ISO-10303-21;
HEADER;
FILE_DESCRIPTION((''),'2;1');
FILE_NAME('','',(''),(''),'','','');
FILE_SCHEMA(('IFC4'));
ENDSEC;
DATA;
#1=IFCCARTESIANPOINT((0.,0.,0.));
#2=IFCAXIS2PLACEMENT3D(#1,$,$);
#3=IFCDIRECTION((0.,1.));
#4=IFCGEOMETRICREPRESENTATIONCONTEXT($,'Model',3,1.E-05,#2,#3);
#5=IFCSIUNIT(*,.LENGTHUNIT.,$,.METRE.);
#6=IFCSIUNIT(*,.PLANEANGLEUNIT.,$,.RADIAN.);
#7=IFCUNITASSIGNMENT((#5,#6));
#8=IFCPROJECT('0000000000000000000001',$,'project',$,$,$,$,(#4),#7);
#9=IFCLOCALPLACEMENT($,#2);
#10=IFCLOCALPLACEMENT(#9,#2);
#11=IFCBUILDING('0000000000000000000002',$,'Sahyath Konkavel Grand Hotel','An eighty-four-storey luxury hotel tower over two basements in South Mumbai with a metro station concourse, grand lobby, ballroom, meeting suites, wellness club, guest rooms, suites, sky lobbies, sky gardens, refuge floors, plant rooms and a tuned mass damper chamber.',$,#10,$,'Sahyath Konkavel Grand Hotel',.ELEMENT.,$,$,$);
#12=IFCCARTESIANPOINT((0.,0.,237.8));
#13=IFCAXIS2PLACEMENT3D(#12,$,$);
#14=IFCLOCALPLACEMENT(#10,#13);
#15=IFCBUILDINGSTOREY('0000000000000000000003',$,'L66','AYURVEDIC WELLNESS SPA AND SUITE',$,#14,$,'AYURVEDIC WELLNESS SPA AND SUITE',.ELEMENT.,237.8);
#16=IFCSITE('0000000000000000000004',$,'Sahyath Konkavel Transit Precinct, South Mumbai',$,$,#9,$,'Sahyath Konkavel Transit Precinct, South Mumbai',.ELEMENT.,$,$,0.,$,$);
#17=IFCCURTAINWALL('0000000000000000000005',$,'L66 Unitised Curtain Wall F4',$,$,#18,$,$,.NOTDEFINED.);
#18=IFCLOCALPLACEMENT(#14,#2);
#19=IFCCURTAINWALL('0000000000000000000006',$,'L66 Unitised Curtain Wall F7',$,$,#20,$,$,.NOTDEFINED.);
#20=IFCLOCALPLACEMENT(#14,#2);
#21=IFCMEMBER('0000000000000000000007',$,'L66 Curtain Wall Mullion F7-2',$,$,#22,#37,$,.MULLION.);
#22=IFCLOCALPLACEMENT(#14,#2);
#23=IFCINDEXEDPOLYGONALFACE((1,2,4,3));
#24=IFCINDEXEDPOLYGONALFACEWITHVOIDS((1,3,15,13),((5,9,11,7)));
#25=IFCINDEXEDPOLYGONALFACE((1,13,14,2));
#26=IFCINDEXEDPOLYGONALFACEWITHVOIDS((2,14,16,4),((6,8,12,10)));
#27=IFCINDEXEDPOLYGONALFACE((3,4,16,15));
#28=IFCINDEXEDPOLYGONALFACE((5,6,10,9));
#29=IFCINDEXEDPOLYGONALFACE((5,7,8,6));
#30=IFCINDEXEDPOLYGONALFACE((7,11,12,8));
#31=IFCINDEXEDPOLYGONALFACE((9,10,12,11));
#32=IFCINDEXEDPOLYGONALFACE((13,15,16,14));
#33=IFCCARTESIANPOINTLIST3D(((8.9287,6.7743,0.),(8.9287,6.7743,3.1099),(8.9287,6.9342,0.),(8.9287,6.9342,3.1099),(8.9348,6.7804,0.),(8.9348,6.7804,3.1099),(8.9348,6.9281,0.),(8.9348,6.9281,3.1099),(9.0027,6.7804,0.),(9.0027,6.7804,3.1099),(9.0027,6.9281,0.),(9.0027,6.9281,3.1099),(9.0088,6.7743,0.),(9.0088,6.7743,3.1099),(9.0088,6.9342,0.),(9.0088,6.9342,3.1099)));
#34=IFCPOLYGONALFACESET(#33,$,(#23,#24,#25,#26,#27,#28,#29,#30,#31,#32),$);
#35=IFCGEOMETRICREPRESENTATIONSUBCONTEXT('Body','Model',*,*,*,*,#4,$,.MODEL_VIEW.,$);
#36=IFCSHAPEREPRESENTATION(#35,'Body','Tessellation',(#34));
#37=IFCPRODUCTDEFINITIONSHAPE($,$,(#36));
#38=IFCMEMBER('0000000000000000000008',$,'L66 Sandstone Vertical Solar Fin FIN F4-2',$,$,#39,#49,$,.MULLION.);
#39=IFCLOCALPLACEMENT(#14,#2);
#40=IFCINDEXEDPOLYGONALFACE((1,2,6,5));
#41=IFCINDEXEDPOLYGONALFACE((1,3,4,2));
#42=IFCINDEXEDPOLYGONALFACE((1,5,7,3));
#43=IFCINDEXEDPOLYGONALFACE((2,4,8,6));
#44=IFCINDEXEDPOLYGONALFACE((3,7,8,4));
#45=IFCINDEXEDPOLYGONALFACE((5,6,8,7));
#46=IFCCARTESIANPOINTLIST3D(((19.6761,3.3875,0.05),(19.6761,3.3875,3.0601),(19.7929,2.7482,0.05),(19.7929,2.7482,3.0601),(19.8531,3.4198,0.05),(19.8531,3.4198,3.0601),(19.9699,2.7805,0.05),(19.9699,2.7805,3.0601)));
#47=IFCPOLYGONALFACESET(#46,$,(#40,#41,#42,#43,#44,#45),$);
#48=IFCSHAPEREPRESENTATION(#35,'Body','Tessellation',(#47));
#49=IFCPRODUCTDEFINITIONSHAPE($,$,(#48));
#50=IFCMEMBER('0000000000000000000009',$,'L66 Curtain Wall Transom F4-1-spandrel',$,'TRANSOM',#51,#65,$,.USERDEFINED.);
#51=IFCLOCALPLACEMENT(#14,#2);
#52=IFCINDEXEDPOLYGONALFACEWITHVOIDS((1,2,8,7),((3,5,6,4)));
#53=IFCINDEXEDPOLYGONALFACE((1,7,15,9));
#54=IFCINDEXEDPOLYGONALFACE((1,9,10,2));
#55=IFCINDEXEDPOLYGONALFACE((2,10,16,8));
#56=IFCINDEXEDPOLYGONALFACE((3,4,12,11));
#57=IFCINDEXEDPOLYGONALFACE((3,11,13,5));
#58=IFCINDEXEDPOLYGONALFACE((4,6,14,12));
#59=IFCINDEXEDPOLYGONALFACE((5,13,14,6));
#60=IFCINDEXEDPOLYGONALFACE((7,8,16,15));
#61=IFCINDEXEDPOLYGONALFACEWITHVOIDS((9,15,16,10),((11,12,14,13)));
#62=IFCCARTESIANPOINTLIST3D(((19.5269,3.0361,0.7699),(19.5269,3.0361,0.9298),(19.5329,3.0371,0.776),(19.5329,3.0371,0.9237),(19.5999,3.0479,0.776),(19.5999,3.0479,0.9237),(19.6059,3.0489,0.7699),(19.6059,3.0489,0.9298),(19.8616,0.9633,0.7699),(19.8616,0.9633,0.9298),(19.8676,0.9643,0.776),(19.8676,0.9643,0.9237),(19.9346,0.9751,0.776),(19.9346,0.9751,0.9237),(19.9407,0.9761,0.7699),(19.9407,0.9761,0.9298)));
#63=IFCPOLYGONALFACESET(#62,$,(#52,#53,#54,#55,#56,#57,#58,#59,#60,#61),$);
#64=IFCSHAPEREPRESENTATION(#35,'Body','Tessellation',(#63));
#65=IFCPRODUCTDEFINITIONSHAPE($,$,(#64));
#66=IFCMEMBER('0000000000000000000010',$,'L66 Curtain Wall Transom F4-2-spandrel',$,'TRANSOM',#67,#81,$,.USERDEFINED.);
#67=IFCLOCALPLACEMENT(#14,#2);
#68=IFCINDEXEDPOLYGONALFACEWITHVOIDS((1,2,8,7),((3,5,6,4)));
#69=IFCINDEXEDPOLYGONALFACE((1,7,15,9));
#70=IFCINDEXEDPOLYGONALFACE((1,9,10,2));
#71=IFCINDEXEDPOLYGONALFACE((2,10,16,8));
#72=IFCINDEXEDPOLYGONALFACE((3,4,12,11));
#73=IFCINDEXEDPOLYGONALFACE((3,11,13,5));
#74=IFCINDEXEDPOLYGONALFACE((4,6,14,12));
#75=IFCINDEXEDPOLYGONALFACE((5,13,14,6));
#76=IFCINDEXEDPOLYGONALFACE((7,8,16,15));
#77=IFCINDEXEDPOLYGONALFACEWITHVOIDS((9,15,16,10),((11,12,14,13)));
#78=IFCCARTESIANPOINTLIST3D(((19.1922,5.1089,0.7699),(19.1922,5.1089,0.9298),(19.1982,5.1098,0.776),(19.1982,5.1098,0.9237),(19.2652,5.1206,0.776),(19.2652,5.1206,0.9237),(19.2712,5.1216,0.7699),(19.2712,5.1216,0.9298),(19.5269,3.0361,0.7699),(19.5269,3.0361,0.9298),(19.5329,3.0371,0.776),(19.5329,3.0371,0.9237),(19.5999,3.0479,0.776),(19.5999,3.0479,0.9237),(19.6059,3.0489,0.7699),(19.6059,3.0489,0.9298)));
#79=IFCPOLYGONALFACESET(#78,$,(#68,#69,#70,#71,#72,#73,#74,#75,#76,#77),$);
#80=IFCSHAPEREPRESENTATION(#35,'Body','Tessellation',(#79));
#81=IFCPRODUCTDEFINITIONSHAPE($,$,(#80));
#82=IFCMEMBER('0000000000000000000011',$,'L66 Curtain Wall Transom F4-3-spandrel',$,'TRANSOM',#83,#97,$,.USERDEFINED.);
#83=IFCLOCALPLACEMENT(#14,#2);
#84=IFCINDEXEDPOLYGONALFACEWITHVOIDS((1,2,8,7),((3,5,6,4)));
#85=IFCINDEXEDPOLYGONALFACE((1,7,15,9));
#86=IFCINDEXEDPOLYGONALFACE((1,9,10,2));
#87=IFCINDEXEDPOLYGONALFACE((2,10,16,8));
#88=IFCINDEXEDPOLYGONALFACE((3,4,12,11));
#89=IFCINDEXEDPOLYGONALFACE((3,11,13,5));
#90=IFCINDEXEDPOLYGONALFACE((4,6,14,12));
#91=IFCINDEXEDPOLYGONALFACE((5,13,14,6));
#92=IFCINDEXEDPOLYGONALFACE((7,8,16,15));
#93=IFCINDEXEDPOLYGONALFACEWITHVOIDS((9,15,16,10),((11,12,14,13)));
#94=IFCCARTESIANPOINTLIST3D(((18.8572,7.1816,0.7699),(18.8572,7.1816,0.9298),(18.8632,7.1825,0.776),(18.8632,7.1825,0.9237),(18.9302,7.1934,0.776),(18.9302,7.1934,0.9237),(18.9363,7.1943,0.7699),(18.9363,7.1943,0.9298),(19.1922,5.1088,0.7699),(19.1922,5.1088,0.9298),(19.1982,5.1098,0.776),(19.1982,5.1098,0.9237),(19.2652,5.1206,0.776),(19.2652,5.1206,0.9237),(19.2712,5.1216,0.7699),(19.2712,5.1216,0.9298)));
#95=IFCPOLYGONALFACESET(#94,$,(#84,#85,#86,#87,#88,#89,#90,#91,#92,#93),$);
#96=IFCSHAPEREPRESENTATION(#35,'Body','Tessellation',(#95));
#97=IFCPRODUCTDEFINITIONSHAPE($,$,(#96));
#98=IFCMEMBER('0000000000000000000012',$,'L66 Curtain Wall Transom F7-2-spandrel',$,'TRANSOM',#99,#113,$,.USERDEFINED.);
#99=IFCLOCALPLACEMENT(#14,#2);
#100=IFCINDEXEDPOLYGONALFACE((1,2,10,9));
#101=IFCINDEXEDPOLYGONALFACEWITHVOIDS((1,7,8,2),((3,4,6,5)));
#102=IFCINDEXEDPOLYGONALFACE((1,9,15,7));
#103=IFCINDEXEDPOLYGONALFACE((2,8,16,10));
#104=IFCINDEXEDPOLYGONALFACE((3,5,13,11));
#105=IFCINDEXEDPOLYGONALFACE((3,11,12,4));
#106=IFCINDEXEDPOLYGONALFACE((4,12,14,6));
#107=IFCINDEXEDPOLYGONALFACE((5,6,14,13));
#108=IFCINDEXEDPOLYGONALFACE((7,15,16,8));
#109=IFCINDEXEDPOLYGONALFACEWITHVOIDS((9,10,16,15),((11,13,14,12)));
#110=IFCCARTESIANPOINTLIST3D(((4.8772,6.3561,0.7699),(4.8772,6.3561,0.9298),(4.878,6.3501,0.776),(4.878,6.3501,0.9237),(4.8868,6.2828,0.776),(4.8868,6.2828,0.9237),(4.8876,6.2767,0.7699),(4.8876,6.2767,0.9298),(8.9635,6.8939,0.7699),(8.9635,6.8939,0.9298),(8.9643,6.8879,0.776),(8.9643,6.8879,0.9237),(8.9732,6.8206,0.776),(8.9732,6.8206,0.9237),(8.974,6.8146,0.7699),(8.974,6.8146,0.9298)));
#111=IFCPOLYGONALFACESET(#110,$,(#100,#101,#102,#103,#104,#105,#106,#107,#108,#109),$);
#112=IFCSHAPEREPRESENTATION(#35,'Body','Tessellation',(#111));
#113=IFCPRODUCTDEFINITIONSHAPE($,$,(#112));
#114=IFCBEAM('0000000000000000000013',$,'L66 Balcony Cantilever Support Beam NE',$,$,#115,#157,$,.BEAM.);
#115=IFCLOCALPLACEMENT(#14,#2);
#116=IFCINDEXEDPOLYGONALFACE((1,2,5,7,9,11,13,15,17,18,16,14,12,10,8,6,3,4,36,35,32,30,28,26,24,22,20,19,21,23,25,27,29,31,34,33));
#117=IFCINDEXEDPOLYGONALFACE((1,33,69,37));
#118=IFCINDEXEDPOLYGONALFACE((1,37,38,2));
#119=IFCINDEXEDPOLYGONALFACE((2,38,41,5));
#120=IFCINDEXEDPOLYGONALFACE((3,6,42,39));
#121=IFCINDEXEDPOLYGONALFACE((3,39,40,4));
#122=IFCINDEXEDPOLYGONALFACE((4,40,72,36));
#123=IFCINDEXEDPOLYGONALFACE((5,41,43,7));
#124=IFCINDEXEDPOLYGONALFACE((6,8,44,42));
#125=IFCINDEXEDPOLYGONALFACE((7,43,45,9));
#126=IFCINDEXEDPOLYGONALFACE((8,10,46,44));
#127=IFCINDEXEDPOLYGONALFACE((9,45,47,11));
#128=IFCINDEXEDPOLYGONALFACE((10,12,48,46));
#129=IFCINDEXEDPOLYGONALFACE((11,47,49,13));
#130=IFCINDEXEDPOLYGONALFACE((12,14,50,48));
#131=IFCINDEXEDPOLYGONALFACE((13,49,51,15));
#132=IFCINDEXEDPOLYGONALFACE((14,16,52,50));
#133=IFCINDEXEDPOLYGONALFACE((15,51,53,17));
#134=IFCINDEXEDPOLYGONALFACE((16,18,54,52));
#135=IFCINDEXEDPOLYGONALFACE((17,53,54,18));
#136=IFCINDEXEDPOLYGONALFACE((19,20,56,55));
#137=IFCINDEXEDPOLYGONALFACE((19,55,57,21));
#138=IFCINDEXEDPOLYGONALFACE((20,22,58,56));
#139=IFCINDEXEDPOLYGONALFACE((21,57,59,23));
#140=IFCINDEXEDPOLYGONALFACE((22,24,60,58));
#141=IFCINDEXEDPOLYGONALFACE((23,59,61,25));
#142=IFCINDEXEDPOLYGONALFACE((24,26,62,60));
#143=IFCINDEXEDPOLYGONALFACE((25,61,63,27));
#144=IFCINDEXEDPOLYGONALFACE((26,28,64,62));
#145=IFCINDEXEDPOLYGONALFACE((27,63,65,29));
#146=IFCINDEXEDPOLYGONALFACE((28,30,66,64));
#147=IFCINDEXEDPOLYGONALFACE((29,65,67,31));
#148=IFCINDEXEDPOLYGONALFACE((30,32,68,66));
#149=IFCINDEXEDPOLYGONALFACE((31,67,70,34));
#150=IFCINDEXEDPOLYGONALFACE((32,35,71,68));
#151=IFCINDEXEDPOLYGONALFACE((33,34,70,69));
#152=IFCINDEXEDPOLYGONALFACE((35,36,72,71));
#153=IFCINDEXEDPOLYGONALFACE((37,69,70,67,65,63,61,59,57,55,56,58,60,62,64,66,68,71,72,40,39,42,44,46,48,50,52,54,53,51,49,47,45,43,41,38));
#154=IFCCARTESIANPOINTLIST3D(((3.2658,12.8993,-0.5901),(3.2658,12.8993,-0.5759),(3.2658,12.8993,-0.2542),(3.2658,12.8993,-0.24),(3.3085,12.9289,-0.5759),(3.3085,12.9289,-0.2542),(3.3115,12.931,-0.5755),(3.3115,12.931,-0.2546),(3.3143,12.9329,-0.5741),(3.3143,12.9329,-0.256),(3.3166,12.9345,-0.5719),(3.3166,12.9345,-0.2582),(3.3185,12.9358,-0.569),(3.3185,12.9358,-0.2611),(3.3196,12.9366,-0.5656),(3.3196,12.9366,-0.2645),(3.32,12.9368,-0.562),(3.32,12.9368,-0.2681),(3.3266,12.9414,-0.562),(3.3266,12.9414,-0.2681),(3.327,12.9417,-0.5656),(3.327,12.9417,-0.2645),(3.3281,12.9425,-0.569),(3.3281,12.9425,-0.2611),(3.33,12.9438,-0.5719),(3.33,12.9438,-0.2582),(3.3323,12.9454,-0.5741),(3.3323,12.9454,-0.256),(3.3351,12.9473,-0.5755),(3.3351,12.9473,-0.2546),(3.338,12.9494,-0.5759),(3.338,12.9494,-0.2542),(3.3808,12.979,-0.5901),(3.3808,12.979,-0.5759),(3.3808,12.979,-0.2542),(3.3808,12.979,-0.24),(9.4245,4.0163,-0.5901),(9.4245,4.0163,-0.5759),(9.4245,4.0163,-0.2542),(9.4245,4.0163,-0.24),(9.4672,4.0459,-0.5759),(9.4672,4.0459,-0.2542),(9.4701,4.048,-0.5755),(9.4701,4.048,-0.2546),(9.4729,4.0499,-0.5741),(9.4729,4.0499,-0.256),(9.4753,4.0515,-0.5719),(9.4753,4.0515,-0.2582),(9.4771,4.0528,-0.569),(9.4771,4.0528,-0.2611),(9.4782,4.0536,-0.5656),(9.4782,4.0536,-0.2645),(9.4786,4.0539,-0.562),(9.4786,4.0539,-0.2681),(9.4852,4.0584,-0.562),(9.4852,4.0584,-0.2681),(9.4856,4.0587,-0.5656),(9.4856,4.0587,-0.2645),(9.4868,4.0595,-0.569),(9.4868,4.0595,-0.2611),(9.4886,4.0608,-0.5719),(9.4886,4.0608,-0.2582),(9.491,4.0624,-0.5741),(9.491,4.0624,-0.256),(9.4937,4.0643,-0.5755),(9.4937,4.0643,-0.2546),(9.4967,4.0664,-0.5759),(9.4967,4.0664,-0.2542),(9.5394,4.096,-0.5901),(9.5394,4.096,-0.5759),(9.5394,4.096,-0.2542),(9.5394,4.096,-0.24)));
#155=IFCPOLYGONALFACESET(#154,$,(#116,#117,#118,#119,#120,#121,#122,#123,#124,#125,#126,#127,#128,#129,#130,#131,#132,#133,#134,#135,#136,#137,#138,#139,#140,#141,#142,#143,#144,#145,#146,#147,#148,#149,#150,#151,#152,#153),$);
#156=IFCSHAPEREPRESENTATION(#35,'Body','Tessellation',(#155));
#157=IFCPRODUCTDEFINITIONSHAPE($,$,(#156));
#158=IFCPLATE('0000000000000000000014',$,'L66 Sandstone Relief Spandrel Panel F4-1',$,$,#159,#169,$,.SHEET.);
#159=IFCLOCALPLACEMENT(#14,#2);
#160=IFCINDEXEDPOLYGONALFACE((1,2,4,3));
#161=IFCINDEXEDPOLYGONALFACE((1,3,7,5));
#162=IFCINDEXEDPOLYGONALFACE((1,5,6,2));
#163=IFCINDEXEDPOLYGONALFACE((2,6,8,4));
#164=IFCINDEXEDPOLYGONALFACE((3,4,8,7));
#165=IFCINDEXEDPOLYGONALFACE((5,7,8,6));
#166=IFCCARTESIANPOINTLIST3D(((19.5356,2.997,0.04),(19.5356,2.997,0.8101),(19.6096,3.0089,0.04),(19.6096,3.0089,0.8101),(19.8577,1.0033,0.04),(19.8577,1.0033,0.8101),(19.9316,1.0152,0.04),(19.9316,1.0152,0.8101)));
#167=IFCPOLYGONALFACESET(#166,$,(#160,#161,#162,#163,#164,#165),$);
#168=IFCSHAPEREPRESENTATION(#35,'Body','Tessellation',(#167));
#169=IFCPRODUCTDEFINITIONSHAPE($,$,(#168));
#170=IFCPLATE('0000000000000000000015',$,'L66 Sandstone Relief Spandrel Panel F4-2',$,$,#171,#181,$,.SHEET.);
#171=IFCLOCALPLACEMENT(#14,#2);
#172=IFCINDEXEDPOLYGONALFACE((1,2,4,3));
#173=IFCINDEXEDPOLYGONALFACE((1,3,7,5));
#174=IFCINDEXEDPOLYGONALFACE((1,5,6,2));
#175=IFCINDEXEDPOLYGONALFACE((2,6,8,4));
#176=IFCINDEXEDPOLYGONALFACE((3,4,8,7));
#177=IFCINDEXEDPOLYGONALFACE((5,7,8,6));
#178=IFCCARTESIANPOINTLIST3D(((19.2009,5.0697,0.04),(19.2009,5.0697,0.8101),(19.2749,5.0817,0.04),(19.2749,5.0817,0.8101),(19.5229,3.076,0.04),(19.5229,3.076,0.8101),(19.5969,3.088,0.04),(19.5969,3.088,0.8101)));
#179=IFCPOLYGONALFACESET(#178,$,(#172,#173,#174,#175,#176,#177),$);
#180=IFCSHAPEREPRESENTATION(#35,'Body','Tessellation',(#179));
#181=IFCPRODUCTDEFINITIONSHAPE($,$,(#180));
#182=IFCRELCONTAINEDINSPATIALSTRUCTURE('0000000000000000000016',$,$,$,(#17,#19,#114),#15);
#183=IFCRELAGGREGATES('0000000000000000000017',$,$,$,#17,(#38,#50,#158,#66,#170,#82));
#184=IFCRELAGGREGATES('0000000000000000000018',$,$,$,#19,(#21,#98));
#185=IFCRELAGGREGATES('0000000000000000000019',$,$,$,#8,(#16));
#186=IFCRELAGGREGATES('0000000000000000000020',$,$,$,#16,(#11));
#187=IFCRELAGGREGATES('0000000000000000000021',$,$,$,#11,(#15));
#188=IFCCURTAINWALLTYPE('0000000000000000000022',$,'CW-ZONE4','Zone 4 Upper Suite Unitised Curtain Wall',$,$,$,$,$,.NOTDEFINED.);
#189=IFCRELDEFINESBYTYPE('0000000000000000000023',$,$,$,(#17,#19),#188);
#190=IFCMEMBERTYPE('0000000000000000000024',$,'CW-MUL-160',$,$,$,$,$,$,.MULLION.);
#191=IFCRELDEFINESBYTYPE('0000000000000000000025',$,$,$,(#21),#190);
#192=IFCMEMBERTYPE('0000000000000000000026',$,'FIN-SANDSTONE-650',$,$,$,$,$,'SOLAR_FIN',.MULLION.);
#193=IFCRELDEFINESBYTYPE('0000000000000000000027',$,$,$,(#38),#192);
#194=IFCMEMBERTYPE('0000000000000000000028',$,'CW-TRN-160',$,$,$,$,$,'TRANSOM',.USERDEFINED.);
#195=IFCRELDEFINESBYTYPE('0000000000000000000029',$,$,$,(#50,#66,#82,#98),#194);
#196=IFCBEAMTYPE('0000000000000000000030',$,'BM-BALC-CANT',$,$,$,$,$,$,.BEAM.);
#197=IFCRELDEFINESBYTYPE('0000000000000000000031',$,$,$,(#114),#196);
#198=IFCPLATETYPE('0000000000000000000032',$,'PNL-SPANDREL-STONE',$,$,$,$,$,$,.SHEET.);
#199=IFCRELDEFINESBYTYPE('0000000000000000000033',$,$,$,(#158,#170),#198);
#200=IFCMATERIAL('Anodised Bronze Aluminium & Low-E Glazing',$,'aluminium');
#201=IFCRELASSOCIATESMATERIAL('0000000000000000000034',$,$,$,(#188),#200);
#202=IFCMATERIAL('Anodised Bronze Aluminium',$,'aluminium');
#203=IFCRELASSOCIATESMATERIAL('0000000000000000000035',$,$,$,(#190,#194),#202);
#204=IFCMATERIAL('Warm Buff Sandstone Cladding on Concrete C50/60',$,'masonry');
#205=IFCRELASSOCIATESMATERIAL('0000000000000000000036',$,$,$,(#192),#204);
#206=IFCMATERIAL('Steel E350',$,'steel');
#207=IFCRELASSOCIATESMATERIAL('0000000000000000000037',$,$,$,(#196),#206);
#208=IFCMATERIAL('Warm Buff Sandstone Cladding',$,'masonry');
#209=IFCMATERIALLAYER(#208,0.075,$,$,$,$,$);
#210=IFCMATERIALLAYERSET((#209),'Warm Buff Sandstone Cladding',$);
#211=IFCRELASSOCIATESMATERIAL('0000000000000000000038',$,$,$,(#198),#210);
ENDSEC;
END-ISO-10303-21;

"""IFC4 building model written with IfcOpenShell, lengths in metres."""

from ifc_helpers import new_model, si_unit, direction, frame, origin, origin_2d, place, context, subcontext, project, spatial, rectangle, hollow_rectangle, i_section, extrude, source, transform, mapped, material, layer, layer_set, material_profile, profile_set, type_object, element, aggregate, save


model = new_model("IFC4")

# Units and contexts
model_context = context("Model", 3, precision=1e-05, world=origin(), true_north=direction((0.0, 1.0)))
body_context = subcontext(model_context, "Body", "Model", "MODEL_VIEW")
ifc_project = project(units=[si_unit("LENGTHUNIT", "METRE"), si_unit("PLANEANGLEUNIT", "RADIAN")], contexts=[model_context])

# Site, building, storey
site_placement = place(None, origin())
site = spatial("IfcSite", under=ifc_project, at=site_placement, Name="Sahyath Konkavel Transit Precinct, South Mumbai", LongName="Sahyath Konkavel Transit Precinct, South Mumbai", CompositionType="ELEMENT", RefElevation=0.0)
building_placement = place(site_placement, origin())
building = spatial("IfcBuilding", under=site, at=building_placement, Name="Sahyath Konkavel Grand Hotel", Description="An eighty-four-storey luxury hotel tower over two basements in South Mumbai with a metro station concourse, grand lobby, ballroom, meeting suites, wellness club, guest rooms, suites, sky lobbies, sky gardens, refuge floors, plant rooms and a tuned mass damper chamber.", LongName="Sahyath Konkavel Grand Hotel", CompositionType="ELEMENT")
storey_placement = place(building_placement, frame((0.0, 0.0, 237.8)))
storey = spatial("IfcBuildingStorey", under=building, at=storey_placement, Name="L66", Description="AYURVEDIC WELLNESS SPA AND SUITE", LongName="AYURVEDIC WELLNESS SPA AND SUITE", CompositionType="ELEMENT", Elevation=237.8)

# Shared definitions
ifc_material_1 = material(Name="Steel E350", Category="steel")

# Curtain wall
ifc_material_2 = material(Name="Anodised Bronze Aluminium & Low-E Glazing", Category="aluminium")
curtain_wall_type = type_object("IfcCurtainWallType", Name="CW-ZONE4", Description="Zone 4 Upper Suite Unitised Curtain Wall", PredefinedType="NOTDEFINED", material=ifc_material_2)
curtain_wall_1_placement = place(storey_placement, origin())
curtain_wall_1 = element("IfcCurtainWall", 1, at=curtain_wall_1_placement, inside=storey, type_object=curtain_wall_type, Name="L66 Unitised Curtain Wall F4", PredefinedType="NOTDEFINED")
ifc_material_3 = material(Name="Anodised Bronze Aluminium", Category="aluminium")
ifc_material_profile_1 = material_profile(ifc_material_3, hollow_rectangle(XDim=0.0801, YDim=0.1599, WallThickness=0.0061, at=origin_2d()), Name="RHS 160x80x6")
ifc_profile_set_1 = profile_set([ifc_material_profile_1], Name="Anodised Bronze Aluminium")
member_type_1 = type_object("IfcMemberType", Name="CW-MUL-160", PredefinedType="MULLION", material=ifc_profile_set_1)
shared_shape_1 = source(origin(), body_context, "Body", "SweptSolid", [
    extrude(hollow_rectangle(XDim=0.0801, YDim=0.1599, WallThickness=0.0061, at=origin_2d()), origin(), (0.0, 0.0, 1.0), 3.1099),
])

# Curtain wall, member
curtain_wall_2_placement = place(storey_placement, origin())
curtain_wall_2 = element("IfcCurtainWall", 2, at=curtain_wall_2_placement, inside=storey, type_object=curtain_wall_type, Name="L66 Unitised Curtain Wall F7", PredefinedType="NOTDEFINED")
member_1_placement = place(storey_placement, frame((8.9688, 6.8542, 0.0), z_axis=(0.0, 0.0, 1.0), x_axis=(1.0, 0.0, 0.0)))
member_1 = element("IfcMember", 3, at=member_1_placement, type_object=member_type_1, Name="L66 Curtain Wall Mullion F7-2", PredefinedType="MULLION", context=body_context, shape_type="MappedRepresentation", body=[
    mapped(shared_shape_1, transform((0.0, 0.0, 0.0), scale=1.0)),
])

# Members
ifc_material_4 = material(Name="Warm Buff Sandstone Cladding on Concrete C50/60", Category="masonry")
ifc_material_profile_2 = material_profile(ifc_material_4, rectangle(XDim=0.1799, YDim=0.6499, at=origin_2d()), Name="FIN 180x650")
ifc_profile_set_2 = profile_set([ifc_material_profile_2], Name="Warm Buff Sandstone Cladding on Concrete C50/60")
member_type_2 = type_object("IfcMemberType", Name="FIN-SANDSTONE-650", ElementType="SOLAR_FIN", PredefinedType="MULLION", material=ifc_profile_set_2)
shared_shape_2 = source(origin(), body_context, "Body", "SweptSolid", [
    extrude(rectangle(XDim=0.1799, YDim=0.6499, at=origin_2d()), origin(), (0.0, 0.0, 1.0), 3.01),
])
member_2_placement = place(storey_placement, frame((19.823, 3.084, 0.05), z_axis=(0.0, 0.0, 1.0), x_axis=(0.983729, 0.179661, 0.0)))
member_2 = element("IfcMember", 4, at=member_2_placement, type_object=member_type_2, Name="L66 Sandstone Vertical Solar Fin FIN F4-2", PredefinedType="MULLION", context=body_context, shape_type="MappedRepresentation", body=[
    mapped(shared_shape_2, transform((0.0, 0.0, 0.0), scale=1.0)),
])
ifc_material_profile_3 = material_profile(ifc_material_3, hollow_rectangle(XDim=0.0801, YDim=0.1599, WallThickness=0.0061, at=origin_2d()), Name="RHS 160x80x6")
ifc_profile_set_3 = profile_set([ifc_material_profile_3], Name="Anodised Bronze Aluminium")
member_type_3 = type_object("IfcMemberType", Name="CW-TRN-160", ElementType="TRANSOM", PredefinedType="USERDEFINED", material=ifc_profile_set_3)
shared_shape_3 = source(origin(), body_context, "Body", "SweptSolid", [
    extrude(hollow_rectangle(XDim=0.0801, YDim=0.1599, WallThickness=0.0061, at=origin_2d()), origin(), (0.0, 0.0, 1.0), 2.0996),
])
member_3_placement = place(storey_placement, frame((19.9011, 0.9697, 0.8499), z_axis=(-0.159419, 0.987211, 0.0), x_axis=(-0.987211, -0.159419, 0.0)))
member_3 = element("IfcMember", 5, at=member_3_placement, type_object=member_type_3, Name="L66 Curtain Wall Transom F4-1-spandrel", ObjectType="TRANSOM", PredefinedType="USERDEFINED", context=body_context, shape_type="MappedRepresentation", body=[
    mapped(shared_shape_3, transform((0.0, 0.0, 0.0), scale=1.0)),
])
member_4_placement = place(storey_placement, frame((19.5664, 3.0425, 0.8499), z_axis=(-0.159419, 0.987211, 0.0), x_axis=(-0.987211, -0.159419, 0.0)))
member_4 = element("IfcMember", 6, at=member_4_placement, type_object=member_type_3, Name="L66 Curtain Wall Transom F4-2-spandrel", ObjectType="TRANSOM", PredefinedType="USERDEFINED", context=body_context, shape_type="MappedRepresentation", body=[
    mapped(shared_shape_3, transform((0.0, 0.0, 0.0), scale=1.0)),
])
member_5_placement = place(storey_placement, frame((19.2317, 5.1152, 0.8499), z_axis=(-0.159532, 0.987193, 0.0), x_axis=(-0.987193, -0.159532, 0.0)))
member_5 = element("IfcMember", 7, at=member_5_placement, type_object=member_type_3, Name="L66 Curtain Wall Transom F4-3-spandrel", ObjectType="TRANSOM", PredefinedType="USERDEFINED", context=body_context, shape_type="MappedRepresentation", body=[
    mapped(shared_shape_3, transform((0.0, 0.0, 0.0), scale=1.0)),
])
shared_shape_4 = source(origin(), body_context, "Body", "SweptSolid", [
    extrude(hollow_rectangle(XDim=0.0801, YDim=0.1599, WallThickness=0.0061, at=origin_2d()), origin(), (0.0, 0.0, 1.0), 4.1216),
])
member_6_placement = place(storey_placement, frame((8.9688, 6.8542, 0.8499), z_axis=(-0.991449, -0.130491, 0.0), x_axis=(0.130491, -0.991449, 0.0)))
member_6 = element("IfcMember", 8, at=member_6_placement, type_object=member_type_3, Name="L66 Curtain Wall Transom F7-2-spandrel", ObjectType="TRANSOM", PredefinedType="USERDEFINED", context=body_context, shape_type="MappedRepresentation", body=[
    mapped(shared_shape_4, transform((0.0, 0.0, 0.0), scale=1.0)),
])

# Beam
ifc_material_profile_4 = material_profile(ifc_material_1, i_section(OverallWidth=0.1399, OverallDepth=0.3501, WebThickness=0.0081, FlangeThickness=0.0142, FilletRadius=0.0139, at=origin_2d()), Name="ISMB 350")
ifc_profile_set_4 = profile_set([ifc_material_profile_4], Name="Steel E350")
beam_type_1 = type_object("IfcBeamType", Name="BM-BALC-CANT", PredefinedType="BEAM", material=ifc_profile_set_4)
shared_shape_5 = source(origin(), body_context, "Body", "SweptSolid", [
    extrude(i_section(OverallWidth=0.1399, OverallDepth=0.3501, WebThickness=0.0081, FlangeThickness=0.0142, FilletRadius=0.0139, at=origin_2d()), origin(), (0.0, 0.0, 1.0), 10.8091),
])
beam_1_placement = place(storey_placement, frame((9.4819, 4.0562, -0.415), z_axis=(-0.569765, 0.821807, 0.0), x_axis=(-0.821807, -0.569765, 0.0)))
element("IfcBeam", 9, at=beam_1_placement, inside=storey, type_object=beam_type_1, Name="L66 Balcony Cantilever Support Beam NE", PredefinedType="BEAM", context=body_context, shape_type="MappedRepresentation", body=[
    mapped(shared_shape_5, transform((0.0, 0.0, 0.0), scale=1.0)),
])

# Plates
ifc_material_5 = material(Name="Warm Buff Sandstone Cladding", Category="masonry")
ifc_layer_1 = layer(ifc_material_5, 0.075)
ifc_layer_set_1 = layer_set([ifc_layer_1], Name="Warm Buff Sandstone Cladding")
plate_type_1 = type_object("IfcPlateType", Name="PNL-SPANDREL-STONE", PredefinedType="SHEET", material=ifc_layer_set_1)
shared_shape_6 = source(origin(), body_context, "Body", "SweptSolid", [
    extrude(rectangle(XDim=2.0195, YDim=0.075, at=origin_2d()), origin(), (0.0, 0.0, 1.0), 0.77),
])
plate_1_placement = place(storey_placement, frame((19.7336, 2.0061, 0.04), z_axis=(0.0, 0.0, 1.0), x_axis=(-0.15945, 0.987206, 0.0)))
plate_1 = element("IfcPlate", 10, at=plate_1_placement, type_object=plate_type_1, Name="L66 Sandstone Relief Spandrel Panel F4-1", PredefinedType="SHEET", context=body_context, shape_type="MappedRepresentation", body=[
    mapped(shared_shape_6, transform((0.0, 0.0, 0.0), scale=1.0)),
])
plate_2_placement = place(storey_placement, frame((19.3989, 4.0789, 0.04), z_axis=(0.0, 0.0, 1.0), x_axis=(-0.15945, 0.987206, 0.0)))
plate_2 = element("IfcPlate", 11, at=plate_2_placement, type_object=plate_type_1, Name="L66 Sandstone Relief Spandrel Panel F4-2", PredefinedType="SHEET", context=body_context, shape_type="MappedRepresentation", body=[
    mapped(shared_shape_6, transform((0.0, 0.0, 0.0), scale=1.0)),
])
aggregate(curtain_wall_1, [member_2, member_3, plate_1, member_4, plate_2, member_5])
aggregate(curtain_wall_2, [member_1, member_6])

save(model, "model.ifc")
